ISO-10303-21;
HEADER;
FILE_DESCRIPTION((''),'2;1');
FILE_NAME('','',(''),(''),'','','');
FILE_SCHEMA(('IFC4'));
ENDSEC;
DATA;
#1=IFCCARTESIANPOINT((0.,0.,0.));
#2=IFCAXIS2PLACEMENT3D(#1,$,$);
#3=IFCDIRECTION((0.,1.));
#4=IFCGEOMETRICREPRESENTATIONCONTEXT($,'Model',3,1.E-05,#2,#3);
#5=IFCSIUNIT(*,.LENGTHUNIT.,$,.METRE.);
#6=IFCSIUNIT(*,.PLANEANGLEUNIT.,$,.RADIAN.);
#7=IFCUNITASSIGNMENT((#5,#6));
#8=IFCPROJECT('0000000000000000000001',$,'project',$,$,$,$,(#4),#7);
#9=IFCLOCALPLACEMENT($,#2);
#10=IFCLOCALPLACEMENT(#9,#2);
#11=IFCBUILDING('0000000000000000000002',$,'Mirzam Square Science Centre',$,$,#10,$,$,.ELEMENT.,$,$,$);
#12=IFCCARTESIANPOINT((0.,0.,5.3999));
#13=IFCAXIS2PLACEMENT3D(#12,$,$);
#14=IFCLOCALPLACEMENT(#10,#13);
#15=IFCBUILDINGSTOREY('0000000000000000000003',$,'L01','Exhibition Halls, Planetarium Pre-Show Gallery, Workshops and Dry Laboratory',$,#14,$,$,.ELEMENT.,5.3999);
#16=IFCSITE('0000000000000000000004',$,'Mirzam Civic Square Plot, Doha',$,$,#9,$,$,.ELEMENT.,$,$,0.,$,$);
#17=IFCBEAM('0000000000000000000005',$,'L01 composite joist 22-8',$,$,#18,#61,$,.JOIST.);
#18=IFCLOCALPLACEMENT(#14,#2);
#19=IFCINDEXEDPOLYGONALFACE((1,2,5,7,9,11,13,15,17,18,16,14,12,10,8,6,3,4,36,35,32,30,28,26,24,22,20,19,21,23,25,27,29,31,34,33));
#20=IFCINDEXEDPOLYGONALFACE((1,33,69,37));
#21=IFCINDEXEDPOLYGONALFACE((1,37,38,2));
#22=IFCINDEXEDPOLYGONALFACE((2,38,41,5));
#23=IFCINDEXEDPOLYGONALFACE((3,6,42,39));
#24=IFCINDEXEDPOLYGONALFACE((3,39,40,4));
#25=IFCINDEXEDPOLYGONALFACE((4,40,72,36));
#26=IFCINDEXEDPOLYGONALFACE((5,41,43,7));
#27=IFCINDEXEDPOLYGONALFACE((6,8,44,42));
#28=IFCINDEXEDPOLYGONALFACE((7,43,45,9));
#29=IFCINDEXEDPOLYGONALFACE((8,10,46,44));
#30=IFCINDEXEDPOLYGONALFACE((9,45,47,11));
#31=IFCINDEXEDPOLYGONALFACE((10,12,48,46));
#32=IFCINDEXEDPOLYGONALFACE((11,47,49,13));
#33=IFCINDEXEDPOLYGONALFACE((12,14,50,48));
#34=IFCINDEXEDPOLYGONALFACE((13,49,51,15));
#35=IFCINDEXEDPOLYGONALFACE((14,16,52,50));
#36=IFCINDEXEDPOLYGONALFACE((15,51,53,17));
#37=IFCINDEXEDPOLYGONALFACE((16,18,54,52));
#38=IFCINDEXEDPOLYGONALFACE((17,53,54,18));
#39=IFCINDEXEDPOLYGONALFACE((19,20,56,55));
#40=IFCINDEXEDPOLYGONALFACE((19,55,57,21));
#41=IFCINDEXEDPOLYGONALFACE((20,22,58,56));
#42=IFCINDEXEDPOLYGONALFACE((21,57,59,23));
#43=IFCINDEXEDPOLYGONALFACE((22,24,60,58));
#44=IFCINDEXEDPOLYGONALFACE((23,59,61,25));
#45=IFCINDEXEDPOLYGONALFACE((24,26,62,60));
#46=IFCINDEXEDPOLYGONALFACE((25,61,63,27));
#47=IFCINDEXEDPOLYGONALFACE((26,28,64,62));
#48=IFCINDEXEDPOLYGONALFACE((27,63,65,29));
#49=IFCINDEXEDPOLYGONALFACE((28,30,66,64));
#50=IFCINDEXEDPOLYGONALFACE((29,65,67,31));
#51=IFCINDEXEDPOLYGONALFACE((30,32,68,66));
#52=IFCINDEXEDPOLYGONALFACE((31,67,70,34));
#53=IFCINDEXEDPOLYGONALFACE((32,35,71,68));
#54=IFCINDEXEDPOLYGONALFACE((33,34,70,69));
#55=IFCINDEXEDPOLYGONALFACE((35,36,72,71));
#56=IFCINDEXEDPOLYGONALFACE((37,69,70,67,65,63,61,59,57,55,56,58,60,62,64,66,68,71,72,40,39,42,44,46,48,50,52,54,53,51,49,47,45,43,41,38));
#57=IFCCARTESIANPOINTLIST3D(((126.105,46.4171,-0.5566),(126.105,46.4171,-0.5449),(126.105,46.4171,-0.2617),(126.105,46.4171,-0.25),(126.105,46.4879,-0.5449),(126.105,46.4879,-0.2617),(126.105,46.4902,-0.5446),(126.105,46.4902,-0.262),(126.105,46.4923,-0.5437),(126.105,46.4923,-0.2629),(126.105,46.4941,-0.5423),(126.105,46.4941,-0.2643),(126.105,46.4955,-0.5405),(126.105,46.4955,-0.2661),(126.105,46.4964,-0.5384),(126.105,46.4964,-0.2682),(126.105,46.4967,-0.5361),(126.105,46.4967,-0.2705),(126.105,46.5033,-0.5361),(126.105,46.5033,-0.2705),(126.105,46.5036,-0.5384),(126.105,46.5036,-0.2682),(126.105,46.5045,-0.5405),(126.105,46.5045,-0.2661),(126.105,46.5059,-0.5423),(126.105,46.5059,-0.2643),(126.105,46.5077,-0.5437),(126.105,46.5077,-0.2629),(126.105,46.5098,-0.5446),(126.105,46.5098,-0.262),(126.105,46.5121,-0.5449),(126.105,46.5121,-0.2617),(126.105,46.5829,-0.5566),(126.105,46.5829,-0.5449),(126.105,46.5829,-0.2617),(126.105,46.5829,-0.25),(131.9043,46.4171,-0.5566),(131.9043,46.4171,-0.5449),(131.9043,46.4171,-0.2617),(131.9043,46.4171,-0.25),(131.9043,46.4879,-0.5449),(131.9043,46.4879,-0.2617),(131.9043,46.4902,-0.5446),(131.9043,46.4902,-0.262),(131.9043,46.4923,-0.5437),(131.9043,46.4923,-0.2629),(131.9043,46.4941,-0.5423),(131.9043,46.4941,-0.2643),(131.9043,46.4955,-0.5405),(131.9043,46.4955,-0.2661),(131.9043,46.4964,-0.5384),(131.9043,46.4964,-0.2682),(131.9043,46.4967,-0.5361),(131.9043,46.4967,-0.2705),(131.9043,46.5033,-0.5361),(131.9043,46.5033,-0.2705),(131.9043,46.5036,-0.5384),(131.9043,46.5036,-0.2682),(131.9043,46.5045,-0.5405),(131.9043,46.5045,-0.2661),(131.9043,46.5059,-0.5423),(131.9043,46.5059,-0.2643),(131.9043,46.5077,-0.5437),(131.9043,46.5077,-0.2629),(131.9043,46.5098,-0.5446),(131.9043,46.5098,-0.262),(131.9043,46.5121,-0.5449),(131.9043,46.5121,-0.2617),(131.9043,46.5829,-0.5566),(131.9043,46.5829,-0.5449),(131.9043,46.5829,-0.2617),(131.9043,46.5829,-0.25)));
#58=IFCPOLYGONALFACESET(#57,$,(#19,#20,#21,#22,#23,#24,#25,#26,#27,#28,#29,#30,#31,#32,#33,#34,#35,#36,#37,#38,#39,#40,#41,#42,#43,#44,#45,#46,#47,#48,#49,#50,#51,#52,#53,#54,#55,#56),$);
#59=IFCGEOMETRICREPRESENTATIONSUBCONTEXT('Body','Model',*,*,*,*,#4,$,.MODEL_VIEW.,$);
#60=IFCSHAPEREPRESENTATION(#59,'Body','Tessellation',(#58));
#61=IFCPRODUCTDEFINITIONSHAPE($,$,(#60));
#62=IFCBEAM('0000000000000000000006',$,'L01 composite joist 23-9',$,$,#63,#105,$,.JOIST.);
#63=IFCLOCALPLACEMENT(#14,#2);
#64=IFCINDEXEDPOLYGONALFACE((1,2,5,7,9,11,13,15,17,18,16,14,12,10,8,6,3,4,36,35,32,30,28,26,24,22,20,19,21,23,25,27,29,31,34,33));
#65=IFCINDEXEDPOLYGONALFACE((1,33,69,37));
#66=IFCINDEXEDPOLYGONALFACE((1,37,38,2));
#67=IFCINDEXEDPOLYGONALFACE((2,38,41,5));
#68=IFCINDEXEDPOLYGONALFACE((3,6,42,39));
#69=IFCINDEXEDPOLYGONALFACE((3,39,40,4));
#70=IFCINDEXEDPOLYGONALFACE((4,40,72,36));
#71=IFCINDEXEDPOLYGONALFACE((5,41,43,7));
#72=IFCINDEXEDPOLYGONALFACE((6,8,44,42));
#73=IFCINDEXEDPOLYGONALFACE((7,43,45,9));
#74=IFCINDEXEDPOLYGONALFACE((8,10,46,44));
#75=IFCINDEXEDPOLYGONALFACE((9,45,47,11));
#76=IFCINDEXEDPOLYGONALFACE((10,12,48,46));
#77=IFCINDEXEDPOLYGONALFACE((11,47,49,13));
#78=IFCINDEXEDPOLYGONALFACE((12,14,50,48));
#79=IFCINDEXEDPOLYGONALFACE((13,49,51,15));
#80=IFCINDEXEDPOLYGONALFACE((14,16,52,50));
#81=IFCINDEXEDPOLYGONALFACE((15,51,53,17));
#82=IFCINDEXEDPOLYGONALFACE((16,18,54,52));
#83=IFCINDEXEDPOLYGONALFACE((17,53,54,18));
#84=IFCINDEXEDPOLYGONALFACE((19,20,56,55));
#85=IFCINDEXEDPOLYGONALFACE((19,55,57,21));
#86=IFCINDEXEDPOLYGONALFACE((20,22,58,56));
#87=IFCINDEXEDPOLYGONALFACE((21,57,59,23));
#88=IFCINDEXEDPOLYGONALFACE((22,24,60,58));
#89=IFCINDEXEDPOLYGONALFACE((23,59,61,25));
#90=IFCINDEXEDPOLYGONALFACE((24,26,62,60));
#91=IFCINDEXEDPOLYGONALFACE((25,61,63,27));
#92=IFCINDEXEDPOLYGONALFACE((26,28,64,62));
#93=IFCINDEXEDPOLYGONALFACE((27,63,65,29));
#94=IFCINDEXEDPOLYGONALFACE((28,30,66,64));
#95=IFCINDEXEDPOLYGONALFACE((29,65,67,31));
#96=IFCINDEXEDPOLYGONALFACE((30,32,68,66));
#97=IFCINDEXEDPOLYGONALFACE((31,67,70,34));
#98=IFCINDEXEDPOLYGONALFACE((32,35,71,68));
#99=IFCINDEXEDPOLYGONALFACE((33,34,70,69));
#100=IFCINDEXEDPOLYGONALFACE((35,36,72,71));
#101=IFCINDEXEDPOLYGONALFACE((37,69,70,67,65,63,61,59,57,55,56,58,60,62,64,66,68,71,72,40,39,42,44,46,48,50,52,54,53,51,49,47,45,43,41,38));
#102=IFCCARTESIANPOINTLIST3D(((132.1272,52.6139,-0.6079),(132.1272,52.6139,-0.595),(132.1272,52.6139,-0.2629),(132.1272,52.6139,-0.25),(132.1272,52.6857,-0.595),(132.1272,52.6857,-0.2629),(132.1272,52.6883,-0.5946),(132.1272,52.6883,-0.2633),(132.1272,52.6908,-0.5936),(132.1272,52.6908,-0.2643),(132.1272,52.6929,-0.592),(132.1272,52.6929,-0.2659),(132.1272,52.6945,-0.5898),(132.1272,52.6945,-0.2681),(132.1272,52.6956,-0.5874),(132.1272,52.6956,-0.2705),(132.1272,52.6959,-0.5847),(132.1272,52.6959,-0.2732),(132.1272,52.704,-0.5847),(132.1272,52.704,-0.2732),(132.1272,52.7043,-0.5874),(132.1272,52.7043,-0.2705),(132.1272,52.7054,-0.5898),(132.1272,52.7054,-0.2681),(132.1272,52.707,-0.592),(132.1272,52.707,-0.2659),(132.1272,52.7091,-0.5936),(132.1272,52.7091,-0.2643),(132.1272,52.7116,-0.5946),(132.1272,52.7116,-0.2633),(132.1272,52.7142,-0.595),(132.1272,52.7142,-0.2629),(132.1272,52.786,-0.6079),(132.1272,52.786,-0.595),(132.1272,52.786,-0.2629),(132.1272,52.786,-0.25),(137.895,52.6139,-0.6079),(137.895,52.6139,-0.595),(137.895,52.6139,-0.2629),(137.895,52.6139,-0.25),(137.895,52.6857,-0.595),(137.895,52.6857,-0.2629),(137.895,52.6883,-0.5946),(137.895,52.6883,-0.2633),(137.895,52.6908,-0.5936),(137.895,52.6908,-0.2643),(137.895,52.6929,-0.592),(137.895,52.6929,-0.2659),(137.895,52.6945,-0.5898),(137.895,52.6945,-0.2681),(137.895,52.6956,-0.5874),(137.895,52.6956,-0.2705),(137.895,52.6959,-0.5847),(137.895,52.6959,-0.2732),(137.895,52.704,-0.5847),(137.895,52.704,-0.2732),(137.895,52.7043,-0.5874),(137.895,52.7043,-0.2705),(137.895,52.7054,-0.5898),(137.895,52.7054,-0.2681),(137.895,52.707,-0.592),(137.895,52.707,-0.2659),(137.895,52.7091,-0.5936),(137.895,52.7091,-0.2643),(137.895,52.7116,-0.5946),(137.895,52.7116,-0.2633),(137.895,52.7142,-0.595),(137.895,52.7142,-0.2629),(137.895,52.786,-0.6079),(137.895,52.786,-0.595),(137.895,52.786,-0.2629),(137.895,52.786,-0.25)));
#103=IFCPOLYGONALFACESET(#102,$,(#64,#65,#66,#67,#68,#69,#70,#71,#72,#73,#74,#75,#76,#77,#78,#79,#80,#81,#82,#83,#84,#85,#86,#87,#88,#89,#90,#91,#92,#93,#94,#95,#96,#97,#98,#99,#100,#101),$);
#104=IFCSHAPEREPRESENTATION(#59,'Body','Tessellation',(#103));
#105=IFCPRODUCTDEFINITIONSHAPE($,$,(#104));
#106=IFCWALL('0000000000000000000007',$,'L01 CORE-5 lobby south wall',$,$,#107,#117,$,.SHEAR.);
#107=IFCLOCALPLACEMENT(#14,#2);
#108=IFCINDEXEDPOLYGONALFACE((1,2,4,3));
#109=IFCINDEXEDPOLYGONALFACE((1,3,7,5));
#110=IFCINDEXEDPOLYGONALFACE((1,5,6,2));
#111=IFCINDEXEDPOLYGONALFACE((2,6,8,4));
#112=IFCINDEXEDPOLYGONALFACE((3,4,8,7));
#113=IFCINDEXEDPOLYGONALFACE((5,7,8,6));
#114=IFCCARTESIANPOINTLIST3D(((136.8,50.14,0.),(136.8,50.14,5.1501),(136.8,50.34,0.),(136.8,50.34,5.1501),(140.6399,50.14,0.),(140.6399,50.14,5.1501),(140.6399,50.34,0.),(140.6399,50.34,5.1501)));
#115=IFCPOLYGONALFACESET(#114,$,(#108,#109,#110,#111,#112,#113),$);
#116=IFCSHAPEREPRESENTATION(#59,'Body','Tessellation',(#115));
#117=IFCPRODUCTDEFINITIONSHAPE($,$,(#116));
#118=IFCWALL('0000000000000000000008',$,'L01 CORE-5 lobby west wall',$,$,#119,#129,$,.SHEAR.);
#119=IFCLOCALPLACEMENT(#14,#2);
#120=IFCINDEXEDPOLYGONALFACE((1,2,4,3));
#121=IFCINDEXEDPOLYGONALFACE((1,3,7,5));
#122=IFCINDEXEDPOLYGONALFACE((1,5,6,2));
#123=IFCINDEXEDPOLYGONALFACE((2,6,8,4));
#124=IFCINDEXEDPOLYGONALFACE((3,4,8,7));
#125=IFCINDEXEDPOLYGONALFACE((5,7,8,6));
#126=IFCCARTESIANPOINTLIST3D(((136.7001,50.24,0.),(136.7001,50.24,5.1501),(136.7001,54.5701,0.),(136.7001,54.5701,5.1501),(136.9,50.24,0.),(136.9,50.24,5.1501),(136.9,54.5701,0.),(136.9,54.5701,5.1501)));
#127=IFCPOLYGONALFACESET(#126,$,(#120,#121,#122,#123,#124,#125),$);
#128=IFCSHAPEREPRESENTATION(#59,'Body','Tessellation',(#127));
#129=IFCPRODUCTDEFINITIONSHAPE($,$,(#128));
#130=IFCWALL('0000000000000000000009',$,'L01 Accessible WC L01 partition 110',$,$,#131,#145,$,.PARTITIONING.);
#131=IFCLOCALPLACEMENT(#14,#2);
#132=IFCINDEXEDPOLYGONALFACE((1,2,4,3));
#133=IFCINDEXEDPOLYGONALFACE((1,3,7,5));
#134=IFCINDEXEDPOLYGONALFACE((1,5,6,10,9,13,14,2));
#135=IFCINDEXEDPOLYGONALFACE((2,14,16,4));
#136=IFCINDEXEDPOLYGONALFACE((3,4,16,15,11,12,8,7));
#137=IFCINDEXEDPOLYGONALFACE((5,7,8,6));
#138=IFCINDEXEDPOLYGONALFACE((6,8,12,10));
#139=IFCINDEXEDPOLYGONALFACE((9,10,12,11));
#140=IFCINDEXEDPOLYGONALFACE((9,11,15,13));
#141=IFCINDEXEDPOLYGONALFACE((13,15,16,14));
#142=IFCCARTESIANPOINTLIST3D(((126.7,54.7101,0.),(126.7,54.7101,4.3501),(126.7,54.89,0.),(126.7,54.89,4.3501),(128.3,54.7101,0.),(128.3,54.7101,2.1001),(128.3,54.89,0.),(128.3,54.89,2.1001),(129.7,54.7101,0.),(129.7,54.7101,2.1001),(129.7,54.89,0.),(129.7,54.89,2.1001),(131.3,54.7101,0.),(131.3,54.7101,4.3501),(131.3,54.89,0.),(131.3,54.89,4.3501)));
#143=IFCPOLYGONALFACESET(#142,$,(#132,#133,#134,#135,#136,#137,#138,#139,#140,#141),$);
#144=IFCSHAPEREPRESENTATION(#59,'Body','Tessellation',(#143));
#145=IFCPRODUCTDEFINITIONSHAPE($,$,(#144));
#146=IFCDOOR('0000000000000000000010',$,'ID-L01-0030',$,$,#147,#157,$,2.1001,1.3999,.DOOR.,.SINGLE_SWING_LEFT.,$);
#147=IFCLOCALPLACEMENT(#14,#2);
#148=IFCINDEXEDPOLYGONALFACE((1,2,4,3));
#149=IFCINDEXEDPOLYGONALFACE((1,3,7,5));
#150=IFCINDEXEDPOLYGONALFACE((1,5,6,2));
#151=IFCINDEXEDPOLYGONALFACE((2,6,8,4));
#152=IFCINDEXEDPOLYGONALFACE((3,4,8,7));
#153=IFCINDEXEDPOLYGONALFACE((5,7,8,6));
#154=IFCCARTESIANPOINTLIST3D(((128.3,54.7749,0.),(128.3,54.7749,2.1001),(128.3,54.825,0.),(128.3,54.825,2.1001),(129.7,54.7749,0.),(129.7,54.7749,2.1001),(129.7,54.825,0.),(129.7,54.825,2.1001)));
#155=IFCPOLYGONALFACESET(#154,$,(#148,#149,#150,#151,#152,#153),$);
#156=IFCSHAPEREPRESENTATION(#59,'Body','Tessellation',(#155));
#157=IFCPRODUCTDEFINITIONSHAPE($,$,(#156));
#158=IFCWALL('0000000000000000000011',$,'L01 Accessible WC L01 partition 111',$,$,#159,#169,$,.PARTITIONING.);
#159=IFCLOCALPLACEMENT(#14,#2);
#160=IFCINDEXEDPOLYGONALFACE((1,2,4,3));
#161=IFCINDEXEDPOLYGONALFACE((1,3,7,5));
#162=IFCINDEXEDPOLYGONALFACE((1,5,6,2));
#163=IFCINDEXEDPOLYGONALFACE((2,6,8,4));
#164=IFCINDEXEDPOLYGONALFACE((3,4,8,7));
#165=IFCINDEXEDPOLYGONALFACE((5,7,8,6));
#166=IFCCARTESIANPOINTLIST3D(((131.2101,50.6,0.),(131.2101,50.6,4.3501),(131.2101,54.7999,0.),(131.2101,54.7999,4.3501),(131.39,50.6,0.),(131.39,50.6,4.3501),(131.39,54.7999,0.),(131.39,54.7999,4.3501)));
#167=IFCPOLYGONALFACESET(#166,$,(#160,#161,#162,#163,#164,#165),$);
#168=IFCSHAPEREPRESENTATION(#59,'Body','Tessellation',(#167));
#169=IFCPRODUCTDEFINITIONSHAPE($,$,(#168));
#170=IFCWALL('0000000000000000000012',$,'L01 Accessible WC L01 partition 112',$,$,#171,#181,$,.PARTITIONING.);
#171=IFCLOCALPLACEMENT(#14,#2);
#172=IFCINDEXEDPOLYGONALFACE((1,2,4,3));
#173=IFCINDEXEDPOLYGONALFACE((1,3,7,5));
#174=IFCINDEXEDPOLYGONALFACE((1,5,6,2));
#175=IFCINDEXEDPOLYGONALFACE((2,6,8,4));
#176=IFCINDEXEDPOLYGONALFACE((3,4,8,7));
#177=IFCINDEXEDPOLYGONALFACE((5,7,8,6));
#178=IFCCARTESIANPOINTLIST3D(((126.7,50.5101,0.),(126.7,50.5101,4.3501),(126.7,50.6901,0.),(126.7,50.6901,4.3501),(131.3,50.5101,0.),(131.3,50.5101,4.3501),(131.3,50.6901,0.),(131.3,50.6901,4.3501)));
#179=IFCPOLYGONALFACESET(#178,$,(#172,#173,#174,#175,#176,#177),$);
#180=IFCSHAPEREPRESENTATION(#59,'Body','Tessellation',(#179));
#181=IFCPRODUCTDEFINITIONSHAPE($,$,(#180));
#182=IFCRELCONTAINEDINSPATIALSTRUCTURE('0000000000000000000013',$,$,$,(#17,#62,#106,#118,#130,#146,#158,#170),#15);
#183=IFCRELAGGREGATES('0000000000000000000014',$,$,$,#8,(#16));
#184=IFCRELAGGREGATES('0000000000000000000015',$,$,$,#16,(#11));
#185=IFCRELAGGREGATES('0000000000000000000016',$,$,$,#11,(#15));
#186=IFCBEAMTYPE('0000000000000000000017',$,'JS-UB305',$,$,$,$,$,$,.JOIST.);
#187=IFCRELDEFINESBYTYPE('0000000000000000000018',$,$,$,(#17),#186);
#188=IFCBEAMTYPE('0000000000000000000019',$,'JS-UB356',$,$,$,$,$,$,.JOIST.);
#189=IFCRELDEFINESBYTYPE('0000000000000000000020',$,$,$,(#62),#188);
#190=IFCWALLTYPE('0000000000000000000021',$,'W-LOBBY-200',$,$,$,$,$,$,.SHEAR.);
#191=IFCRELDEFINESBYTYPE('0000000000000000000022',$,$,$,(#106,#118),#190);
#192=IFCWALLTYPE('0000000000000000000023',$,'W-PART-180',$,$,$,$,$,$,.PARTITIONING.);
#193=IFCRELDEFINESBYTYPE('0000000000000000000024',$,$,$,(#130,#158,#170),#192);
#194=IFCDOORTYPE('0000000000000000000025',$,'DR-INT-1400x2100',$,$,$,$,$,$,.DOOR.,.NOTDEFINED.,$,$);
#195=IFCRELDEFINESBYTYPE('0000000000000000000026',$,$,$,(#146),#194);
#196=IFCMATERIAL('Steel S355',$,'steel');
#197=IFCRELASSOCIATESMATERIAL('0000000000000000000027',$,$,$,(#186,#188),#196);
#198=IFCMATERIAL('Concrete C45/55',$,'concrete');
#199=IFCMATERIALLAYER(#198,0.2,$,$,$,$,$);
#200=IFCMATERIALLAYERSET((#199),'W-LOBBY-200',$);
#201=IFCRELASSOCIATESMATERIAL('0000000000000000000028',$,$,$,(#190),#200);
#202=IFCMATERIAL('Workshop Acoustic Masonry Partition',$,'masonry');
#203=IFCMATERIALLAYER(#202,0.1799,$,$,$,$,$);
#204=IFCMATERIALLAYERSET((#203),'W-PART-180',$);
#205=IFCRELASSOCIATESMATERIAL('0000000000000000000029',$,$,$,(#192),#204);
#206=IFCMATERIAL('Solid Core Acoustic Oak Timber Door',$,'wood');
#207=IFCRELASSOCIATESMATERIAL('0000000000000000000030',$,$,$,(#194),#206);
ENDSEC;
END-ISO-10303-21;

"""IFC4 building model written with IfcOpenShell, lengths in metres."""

from ifc_helpers import new_model, si_unit, direction, frame, frame_2d, origin, origin_2d, place, context, subcontext, project, spatial, rectangle, i_section, extrude, material, layer, layer_set, material_profile, profile_set, type_object, element, fill, save


model = new_model("IFC4")

# Units and contexts
model_context = context("Model", 3, precision=1e-05, world=origin(), true_north=direction((0.0, 1.0)))
body_context = subcontext(model_context, "Body", "Model", "MODEL_VIEW")
ifc_project = project(units=[si_unit("LENGTHUNIT", "METRE"), si_unit("PLANEANGLEUNIT", "RADIAN")], contexts=[model_context])

# Site, building, storey
site_placement = place(None, origin())
site = spatial("IfcSite", under=ifc_project, at=site_placement, Name="Mirzam Civic Square Plot, Doha", CompositionType="ELEMENT", RefElevation=0.0)
building_placement = place(site_placement, origin())
building = spatial("IfcBuilding", under=site, at=building_placement, Name="Mirzam Square Science Centre", CompositionType="ELEMENT")
storey_placement = place(building_placement, frame((0.0, 0.0, 5.3999)))
storey = spatial("IfcBuildingStorey", under=building, at=storey_placement, Name="L01", Description="Exhibition Halls, Planetarium Pre-Show Gallery, Workshops and Dry Laboratory", CompositionType="ELEMENT", Elevation=5.3999)

# Shared definitions
ifc_material_1 = material(Name="Steel S355", Category="steel")

# Beams
ifc_material_profile_1 = material_profile(ifc_material_1, i_section(OverallWidth=0.1658, OverallDepth=0.3066, WebThickness=0.0066, FlangeThickness=0.0117, FilletRadius=0.0088, at=origin_2d()), Name="305x165x46UB")
ifc_profile_set_1 = profile_set([ifc_material_profile_1], Name="Steel S355")
beam_type_1 = type_object("IfcBeamType", Name="JS-UB305", PredefinedType="JOIST", material=ifc_profile_set_1)
beam_1_placement = place(storey_placement, frame((126.105, 46.5, -0.4033), z_axis=(1.0, 0.0, 0.0), x_axis=(0.0, 1.0, 0.0)))
element("IfcBeam", 1, at=beam_1_placement, inside=storey, type_object=beam_type_1, Name="L01 composite joist 22-8", PredefinedType="JOIST", context=body_context, shape_type="SweptSolid", body=[
    extrude(i_section(OverallWidth=0.1658, OverallDepth=0.3066, WebThickness=0.0066, FlangeThickness=0.0117, FilletRadius=0.0088, at=origin_2d()), origin(), (0.0, 0.0, 1.0), 5.7993),
])
ifc_material_profile_2 = material_profile(ifc_material_1, i_section(OverallWidth=0.1721, OverallDepth=0.3579, WebThickness=0.0081, FlangeThickness=0.0129, FilletRadius=0.0103, at=origin_2d()), Name="356x171x57UB")
ifc_profile_set_2 = profile_set([ifc_material_profile_2], Name="Steel S355")
beam_type_2 = type_object("IfcBeamType", Name="JS-UB356", PredefinedType="JOIST", material=ifc_profile_set_2)
beam_2_placement = place(storey_placement, frame((132.1272, 52.7, -0.429), z_axis=(1.0, 0.0, 0.0), x_axis=(0.0, 1.0, 0.0)))
element("IfcBeam", 2, at=beam_2_placement, inside=storey, type_object=beam_type_2, Name="L01 composite joist 23-9", PredefinedType="JOIST", context=body_context, shape_type="SweptSolid", body=[
    extrude(i_section(OverallWidth=0.1721, OverallDepth=0.3579, WebThickness=0.0081, FlangeThickness=0.0129, FilletRadius=0.0103, at=origin_2d()), origin(), (0.0, 0.0, 1.0), 5.7678),
])

# Walls
ifc_material_2 = material(Name="Concrete C45/55", Category="concrete")
ifc_layer_1 = layer(ifc_material_2, 0.2)
ifc_layer_set_1 = layer_set([ifc_layer_1], Name="W-LOBBY-200")
wall_type_1 = type_object("IfcWallType", Name="W-LOBBY-200", PredefinedType="SHEAR", material=ifc_layer_set_1)
wall_1_placement = place(storey_placement, frame((136.8, 50.24, 0.0), z_axis=(0.0, 0.0, 1.0), x_axis=(1.0, 0.0, 0.0)))
element("IfcWall", 3, at=wall_1_placement, inside=storey, type_object=wall_type_1, Name="L01 CORE-5 lobby south wall", PredefinedType="SHEAR", context=body_context, shape_type="SweptSolid", body=[
    extrude(rectangle(XDim=3.8398, YDim=0.2, at=frame_2d((1.9199, 0.0))), origin(), (0.0, 0.0, 1.0), 5.1501),
])
wall_2_placement = place(storey_placement, frame((136.8, 54.5701, 0.0), z_axis=(0.0, 0.0, 1.0), x_axis=(0.0, -1.0, 0.0)))
element("IfcWall", 4, at=wall_2_placement, inside=storey, type_object=wall_type_1, Name="L01 CORE-5 lobby west wall", PredefinedType="SHEAR", context=body_context, shape_type="SweptSolid", body=[
    extrude(rectangle(XDim=4.3301, YDim=0.2, at=frame_2d((2.165, 0.0))), origin(), (0.0, 0.0, 1.0), 5.1501),
])

# Wall, opening, door
ifc_material_3 = material(Name="Workshop Acoustic Masonry Partition", Category="masonry")
ifc_layer_2 = layer(ifc_material_3, 0.1799)
ifc_layer_set_2 = layer_set([ifc_layer_2], Name="W-PART-180")
wall_type_2 = type_object("IfcWallType", Name="W-PART-180", PredefinedType="PARTITIONING", material=ifc_layer_set_2)
wall_3_placement = place(storey_placement, frame((126.7, 54.8, 0.0), z_axis=(0.0, 0.0, 1.0), x_axis=(1.0, 0.0, 0.0)))
wall_3 = element("IfcWall", 5, at=wall_3_placement, inside=storey, type_object=wall_type_2, Name="L01 Accessible WC L01 partition 110", PredefinedType="PARTITIONING", context=body_context, shape_type="SweptSolid", body=[
    extrude(rectangle(XDim=4.6001, YDim=0.1799, at=frame_2d((2.3, 0.0))), origin(), (0.0, 0.0, 1.0), 4.3501),
])
opening_placement = place(wall_3_placement, frame((1.6001, 0.0, 0.0)))
opening = element("IfcOpeningElement", 6, at=opening_placement, cuts=wall_3, PredefinedType="OPENING", context=body_context, shape_type="SweptSolid", body=[
    extrude(rectangle(XDim=1.3999, YDim=2.1001, at=frame_2d((0.7, 1.05))), frame((0.0, 0.0999, 0.0), z_axis=(0.0, -1.0, 0.0), x_axis=(1.0, 0.0, 0.0)), (0.0, 0.0, 1.0), 0.2),
])
ifc_material_4 = material(Name="Solid Core Acoustic Oak Timber Door", Category="wood")
door_type = type_object("IfcDoorType", Name="DR-INT-1400x2100", OperationType="NOTDEFINED", PredefinedType="DOOR", material=ifc_material_4)
door_placement = place(opening_placement, origin())
door = element("IfcDoor", 7, at=door_placement, inside=storey, type_object=door_type, Name="ID-L01-0030", OperationType="SINGLE_SWING_LEFT", OverallHeight=2.1001, OverallWidth=1.3999, PredefinedType="DOOR", context=body_context, shape_type="SweptSolid", body=[
    extrude(rectangle(XDim=1.3999, YDim=2.1001, at=frame_2d((0.7, 1.05))), frame((0.0, 0.0249, 0.0), z_axis=(0.0, -1.0, 0.0), x_axis=(1.0, 0.0, 0.0)), (0.0, 0.0, 1.0), 0.05),
])
fill(opening, door)

# Walls
wall_4_placement = place(storey_placement, frame((131.3, 54.8, 0.0), z_axis=(0.0, 0.0, 1.0), x_axis=(0.0, -1.0, 0.0)))
element("IfcWall", 8, at=wall_4_placement, inside=storey, type_object=wall_type_2, Name="L01 Accessible WC L01 partition 111", PredefinedType="PARTITIONING", context=body_context, shape_type="SweptSolid", body=[
    extrude(rectangle(XDim=4.2, YDim=0.1799, at=frame_2d((2.1001, 0.0))), origin(), (0.0, 0.0, 1.0), 4.3501),
])
wall_5_placement = place(storey_placement, frame((131.3, 50.6001, 0.0), z_axis=(0.0, 0.0, 1.0), x_axis=(-1.0, 0.0, 0.0)))
element("IfcWall", 9, at=wall_5_placement, inside=storey, type_object=wall_type_2, Name="L01 Accessible WC L01 partition 112", PredefinedType="PARTITIONING", context=body_context, shape_type="SweptSolid", body=[
    extrude(rectangle(XDim=4.6001, YDim=0.1799, at=frame_2d((2.3, 0.0))), origin(), (0.0, 0.0, 1.0), 4.3501),
])

save(model, "model.ifc")
